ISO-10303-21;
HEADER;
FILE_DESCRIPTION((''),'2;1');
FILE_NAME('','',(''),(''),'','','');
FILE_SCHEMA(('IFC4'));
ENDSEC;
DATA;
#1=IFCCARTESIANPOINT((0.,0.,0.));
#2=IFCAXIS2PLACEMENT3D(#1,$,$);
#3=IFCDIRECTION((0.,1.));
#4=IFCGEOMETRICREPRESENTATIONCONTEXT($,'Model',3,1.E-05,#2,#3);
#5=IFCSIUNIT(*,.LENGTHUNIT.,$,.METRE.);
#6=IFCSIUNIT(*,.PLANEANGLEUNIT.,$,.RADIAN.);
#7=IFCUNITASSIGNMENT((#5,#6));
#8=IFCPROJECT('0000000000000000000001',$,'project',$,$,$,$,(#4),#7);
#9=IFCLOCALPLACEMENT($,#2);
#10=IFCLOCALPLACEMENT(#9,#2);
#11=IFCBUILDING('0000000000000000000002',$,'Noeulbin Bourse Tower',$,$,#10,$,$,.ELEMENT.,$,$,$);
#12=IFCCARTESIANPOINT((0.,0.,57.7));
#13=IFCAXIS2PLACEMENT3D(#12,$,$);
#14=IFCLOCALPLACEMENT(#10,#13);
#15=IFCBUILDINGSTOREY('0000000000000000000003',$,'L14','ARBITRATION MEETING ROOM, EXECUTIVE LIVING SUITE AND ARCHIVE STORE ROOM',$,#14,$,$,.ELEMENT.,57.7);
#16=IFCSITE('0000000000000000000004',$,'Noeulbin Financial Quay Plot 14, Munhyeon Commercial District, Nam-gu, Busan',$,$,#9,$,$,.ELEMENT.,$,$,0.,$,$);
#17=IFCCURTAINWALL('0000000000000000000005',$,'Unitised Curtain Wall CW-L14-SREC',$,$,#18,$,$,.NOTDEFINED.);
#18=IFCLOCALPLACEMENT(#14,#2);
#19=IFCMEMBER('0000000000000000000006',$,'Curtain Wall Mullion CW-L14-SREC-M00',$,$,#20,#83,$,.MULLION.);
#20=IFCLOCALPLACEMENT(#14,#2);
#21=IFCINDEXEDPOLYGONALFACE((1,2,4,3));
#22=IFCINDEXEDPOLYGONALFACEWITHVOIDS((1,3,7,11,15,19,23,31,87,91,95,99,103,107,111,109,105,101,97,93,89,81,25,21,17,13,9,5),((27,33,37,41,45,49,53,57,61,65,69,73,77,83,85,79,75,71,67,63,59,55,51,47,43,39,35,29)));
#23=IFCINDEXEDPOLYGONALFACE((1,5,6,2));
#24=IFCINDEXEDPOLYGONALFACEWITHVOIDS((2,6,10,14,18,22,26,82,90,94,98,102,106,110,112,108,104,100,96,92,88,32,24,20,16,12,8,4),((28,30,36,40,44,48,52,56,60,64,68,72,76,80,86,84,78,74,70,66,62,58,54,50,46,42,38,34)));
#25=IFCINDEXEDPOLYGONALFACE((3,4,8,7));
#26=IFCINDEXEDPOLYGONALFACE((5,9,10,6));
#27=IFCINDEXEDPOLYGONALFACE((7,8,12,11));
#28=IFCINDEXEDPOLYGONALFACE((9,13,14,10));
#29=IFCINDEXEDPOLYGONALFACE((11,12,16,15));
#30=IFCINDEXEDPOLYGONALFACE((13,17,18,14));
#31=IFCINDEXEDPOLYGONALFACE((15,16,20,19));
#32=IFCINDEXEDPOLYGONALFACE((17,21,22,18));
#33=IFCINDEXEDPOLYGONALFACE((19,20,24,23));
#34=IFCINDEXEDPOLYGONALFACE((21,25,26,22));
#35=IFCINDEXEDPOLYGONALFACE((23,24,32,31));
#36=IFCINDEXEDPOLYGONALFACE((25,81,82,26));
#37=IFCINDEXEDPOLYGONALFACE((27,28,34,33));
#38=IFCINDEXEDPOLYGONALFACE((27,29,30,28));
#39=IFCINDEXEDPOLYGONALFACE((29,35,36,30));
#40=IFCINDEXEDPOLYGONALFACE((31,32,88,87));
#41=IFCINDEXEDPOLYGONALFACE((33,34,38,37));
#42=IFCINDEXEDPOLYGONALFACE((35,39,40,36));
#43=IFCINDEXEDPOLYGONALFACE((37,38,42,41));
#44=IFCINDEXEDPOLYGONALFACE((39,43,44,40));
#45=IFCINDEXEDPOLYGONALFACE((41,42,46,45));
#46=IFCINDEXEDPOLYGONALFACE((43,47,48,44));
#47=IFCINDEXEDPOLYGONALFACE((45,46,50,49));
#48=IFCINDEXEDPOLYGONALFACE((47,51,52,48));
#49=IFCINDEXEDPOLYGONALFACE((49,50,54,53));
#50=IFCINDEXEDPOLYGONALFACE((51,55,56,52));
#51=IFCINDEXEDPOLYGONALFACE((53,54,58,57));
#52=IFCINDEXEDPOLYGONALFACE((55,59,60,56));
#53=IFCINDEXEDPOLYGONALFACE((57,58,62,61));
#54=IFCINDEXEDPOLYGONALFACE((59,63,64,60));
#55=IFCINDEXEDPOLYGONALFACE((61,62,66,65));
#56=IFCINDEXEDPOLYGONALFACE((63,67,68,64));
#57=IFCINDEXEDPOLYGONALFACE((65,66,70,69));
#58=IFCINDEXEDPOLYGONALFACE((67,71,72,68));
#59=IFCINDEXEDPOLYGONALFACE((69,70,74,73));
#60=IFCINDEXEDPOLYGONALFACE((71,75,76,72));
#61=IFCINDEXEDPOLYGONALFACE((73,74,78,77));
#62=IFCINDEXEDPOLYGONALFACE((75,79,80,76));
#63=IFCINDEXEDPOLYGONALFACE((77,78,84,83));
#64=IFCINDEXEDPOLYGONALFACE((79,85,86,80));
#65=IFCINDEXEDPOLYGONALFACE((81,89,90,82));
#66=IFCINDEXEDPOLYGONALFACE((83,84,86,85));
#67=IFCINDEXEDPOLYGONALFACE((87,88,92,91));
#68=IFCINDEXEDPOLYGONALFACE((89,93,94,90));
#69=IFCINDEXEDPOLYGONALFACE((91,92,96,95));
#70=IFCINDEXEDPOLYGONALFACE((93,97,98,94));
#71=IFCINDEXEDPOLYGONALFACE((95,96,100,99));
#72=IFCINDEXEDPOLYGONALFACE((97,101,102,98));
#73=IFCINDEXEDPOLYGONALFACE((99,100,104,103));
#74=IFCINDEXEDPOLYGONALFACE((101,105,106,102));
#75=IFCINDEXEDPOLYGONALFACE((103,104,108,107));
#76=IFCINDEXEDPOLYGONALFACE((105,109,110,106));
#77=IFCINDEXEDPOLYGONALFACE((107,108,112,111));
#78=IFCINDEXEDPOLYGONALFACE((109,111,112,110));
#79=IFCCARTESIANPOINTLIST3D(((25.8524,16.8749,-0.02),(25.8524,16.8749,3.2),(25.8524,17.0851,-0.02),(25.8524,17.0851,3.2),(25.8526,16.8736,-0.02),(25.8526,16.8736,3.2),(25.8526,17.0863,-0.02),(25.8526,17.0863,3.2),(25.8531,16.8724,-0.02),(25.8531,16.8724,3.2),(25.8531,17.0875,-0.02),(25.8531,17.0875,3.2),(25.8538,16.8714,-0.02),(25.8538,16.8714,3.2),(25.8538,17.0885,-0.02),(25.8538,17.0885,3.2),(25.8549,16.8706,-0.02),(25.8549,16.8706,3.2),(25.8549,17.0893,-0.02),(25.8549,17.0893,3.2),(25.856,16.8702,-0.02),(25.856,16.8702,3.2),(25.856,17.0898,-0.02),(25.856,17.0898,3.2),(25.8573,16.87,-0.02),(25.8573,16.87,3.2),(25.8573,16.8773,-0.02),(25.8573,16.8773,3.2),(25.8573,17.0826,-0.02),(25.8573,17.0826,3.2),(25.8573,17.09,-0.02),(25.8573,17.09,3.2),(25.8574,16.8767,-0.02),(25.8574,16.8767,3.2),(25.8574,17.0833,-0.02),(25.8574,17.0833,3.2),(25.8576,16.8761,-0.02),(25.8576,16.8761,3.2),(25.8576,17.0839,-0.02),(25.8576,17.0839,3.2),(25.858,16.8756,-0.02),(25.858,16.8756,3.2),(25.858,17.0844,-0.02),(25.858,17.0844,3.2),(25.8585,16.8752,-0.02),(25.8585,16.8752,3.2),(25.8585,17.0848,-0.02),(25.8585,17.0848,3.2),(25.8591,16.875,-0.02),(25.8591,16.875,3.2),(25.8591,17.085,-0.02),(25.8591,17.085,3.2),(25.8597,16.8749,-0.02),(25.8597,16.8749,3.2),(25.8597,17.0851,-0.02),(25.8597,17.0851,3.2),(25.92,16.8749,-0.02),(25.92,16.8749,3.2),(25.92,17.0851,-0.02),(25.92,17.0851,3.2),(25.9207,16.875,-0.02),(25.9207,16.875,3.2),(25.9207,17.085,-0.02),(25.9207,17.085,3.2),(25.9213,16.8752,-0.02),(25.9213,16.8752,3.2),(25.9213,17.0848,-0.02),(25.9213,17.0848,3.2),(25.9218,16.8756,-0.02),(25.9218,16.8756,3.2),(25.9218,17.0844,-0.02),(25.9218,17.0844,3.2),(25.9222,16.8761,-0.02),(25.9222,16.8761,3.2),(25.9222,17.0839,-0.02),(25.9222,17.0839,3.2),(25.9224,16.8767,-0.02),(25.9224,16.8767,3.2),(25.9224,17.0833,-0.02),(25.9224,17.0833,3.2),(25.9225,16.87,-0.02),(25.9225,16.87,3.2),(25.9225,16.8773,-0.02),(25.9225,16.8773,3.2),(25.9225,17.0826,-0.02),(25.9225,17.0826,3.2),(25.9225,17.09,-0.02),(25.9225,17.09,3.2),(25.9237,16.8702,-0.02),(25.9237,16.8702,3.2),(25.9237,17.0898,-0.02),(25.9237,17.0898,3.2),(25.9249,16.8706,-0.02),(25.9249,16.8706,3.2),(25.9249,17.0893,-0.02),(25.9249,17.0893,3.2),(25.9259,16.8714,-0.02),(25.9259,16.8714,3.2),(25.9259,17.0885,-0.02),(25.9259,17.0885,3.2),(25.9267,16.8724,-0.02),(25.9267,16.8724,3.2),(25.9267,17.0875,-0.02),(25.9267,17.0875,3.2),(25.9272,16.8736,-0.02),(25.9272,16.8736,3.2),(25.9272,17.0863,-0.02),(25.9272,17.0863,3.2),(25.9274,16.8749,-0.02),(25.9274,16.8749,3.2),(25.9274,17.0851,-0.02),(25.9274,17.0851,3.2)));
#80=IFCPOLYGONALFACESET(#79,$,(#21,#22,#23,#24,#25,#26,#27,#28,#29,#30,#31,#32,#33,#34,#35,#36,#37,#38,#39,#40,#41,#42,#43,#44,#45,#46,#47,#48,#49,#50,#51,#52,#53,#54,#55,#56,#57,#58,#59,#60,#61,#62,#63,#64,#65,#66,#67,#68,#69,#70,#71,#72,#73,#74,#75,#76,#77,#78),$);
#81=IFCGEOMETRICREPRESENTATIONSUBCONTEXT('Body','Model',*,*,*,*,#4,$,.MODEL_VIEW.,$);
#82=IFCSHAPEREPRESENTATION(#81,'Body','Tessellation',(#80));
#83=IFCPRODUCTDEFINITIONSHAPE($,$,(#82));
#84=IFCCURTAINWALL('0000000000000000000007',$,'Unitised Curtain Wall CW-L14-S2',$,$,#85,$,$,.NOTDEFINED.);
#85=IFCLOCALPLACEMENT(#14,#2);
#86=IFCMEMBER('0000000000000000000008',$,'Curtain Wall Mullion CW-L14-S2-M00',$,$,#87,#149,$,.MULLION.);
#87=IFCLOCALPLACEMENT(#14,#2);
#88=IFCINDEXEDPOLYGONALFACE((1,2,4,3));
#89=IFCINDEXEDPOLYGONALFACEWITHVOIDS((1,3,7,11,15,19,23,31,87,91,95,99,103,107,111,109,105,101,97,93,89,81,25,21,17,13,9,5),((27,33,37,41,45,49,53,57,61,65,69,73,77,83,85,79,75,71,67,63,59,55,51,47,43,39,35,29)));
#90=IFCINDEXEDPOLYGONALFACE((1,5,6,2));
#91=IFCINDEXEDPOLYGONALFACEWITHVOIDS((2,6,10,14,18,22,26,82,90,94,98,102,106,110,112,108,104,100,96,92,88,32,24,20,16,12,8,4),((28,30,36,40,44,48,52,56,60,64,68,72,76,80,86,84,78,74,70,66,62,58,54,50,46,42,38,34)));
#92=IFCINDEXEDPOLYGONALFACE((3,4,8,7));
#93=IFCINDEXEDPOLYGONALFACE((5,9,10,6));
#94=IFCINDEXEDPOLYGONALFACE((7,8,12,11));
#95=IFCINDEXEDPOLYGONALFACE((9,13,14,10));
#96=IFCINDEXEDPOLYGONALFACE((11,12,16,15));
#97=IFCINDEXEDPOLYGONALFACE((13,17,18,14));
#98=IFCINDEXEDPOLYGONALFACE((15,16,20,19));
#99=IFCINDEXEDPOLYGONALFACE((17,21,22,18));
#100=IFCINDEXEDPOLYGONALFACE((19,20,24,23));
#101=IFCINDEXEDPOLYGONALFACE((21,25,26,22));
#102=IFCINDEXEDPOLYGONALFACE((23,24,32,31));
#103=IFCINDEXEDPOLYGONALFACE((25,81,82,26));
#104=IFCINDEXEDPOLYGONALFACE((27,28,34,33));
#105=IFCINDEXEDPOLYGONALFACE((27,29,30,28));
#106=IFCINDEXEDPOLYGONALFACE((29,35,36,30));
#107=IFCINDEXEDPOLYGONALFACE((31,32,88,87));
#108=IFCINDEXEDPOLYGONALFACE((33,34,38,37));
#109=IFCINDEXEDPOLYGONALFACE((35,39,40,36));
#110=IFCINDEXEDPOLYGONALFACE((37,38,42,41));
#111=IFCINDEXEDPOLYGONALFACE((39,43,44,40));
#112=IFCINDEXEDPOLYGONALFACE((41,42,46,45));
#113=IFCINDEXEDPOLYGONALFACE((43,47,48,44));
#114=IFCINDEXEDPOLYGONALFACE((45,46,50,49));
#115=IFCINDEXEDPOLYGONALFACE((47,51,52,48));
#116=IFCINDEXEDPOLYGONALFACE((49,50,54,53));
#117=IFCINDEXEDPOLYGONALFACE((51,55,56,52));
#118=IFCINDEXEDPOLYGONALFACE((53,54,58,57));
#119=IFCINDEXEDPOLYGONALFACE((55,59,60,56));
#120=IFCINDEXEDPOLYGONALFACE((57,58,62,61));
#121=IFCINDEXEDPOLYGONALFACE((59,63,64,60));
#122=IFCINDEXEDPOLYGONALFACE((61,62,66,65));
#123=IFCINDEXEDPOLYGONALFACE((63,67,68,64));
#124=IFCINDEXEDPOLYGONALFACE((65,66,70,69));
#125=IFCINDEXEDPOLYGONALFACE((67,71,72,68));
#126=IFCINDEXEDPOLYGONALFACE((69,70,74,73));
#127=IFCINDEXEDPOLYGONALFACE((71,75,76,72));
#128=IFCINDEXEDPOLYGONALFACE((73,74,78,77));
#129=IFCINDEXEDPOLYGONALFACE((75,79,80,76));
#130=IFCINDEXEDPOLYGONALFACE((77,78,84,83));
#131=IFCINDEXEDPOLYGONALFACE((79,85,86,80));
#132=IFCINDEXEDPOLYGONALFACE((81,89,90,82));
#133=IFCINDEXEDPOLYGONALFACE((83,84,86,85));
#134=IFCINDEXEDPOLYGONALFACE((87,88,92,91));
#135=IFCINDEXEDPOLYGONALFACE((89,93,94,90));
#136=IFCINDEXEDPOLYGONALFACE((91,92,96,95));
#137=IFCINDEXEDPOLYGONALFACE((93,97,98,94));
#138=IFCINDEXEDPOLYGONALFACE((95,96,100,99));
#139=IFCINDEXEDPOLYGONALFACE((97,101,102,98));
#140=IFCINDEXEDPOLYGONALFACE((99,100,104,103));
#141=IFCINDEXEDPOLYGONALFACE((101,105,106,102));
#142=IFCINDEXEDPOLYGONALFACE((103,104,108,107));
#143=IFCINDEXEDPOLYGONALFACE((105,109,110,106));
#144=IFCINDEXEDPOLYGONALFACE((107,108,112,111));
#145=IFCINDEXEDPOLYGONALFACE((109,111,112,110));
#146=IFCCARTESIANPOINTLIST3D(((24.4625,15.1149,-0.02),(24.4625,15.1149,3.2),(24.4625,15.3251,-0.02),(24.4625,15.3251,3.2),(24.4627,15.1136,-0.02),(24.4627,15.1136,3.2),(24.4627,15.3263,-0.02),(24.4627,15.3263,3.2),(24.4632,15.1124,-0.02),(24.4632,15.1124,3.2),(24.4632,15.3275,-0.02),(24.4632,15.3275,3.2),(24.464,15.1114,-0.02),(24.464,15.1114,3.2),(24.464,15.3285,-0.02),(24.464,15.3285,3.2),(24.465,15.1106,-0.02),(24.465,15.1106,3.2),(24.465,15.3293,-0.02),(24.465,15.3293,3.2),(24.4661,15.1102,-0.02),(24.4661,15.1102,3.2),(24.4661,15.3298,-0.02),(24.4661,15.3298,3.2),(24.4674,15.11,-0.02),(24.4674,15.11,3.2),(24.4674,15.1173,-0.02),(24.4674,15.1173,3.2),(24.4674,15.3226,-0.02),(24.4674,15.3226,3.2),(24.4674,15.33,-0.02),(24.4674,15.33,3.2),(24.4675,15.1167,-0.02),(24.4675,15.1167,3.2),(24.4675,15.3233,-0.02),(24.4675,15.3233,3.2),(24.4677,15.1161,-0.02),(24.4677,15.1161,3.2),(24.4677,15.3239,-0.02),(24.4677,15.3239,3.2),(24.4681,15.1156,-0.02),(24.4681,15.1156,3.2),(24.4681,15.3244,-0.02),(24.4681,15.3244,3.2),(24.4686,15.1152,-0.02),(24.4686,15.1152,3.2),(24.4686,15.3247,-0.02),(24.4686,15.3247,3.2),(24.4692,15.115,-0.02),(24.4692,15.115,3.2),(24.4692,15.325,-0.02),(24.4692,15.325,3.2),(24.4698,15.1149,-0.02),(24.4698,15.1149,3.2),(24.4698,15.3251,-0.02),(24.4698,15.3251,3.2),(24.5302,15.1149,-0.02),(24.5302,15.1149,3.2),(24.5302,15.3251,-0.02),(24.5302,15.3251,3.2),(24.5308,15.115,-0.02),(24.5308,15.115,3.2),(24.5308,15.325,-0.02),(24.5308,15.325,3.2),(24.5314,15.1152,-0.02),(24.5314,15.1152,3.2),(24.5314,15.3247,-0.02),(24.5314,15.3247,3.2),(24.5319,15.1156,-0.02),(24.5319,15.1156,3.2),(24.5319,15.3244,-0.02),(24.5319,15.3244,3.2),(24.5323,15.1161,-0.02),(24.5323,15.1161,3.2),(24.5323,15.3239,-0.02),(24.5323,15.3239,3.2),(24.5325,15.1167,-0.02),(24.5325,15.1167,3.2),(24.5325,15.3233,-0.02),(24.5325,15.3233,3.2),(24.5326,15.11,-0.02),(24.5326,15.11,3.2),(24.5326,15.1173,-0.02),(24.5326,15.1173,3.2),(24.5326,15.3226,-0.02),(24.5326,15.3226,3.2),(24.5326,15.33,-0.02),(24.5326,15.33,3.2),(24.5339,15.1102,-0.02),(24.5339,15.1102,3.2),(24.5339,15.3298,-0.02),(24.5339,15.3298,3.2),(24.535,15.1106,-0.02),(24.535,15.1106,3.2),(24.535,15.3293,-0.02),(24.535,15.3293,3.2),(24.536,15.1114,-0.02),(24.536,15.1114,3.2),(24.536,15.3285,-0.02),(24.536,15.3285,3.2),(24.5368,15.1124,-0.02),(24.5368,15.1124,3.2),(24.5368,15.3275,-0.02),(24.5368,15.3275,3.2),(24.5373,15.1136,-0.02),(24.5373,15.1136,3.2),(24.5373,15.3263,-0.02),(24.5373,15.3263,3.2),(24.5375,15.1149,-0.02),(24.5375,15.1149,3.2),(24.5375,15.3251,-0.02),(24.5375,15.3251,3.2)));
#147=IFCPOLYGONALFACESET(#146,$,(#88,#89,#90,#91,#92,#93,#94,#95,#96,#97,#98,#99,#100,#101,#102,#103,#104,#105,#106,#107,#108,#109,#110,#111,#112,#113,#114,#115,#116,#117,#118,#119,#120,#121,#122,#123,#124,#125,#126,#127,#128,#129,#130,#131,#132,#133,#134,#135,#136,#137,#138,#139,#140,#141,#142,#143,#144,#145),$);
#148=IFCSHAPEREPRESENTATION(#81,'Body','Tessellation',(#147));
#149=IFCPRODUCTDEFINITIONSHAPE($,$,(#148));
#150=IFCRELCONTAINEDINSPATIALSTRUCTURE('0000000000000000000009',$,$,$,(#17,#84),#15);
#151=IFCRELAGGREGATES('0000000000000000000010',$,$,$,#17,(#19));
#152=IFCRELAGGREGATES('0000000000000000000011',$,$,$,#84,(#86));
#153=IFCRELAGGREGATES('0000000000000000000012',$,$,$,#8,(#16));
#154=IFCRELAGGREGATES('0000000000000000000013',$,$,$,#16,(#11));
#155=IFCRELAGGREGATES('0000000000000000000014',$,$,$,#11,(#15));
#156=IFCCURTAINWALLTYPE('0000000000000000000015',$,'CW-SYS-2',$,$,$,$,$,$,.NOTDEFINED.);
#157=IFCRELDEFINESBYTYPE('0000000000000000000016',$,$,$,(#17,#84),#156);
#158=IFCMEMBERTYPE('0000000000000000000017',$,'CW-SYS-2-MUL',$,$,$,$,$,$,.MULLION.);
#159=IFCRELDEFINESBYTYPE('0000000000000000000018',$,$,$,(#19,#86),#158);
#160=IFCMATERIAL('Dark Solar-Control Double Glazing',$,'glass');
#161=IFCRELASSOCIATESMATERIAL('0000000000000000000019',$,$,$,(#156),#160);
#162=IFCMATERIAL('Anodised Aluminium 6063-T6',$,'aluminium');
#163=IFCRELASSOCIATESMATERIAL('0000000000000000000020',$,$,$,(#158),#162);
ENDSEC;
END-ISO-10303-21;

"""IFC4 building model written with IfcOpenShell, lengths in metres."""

from ifc_helpers import new_model, si_unit, direction, frame, origin, origin_2d, place, context, subcontext, project, spatial, hollow_rectangle, extrude, material, material_profile, profile_set, type_object, element, aggregate, save


model = new_model("IFC4")

# Units and contexts
model_context = context("Model", 3, precision=1e-05, world=origin(), true_north=direction((0.0, 1.0)))
body_context = subcontext(model_context, "Body", "Model", "MODEL_VIEW")
ifc_project = project(units=[si_unit("LENGTHUNIT", "METRE"), si_unit("PLANEANGLEUNIT", "RADIAN")], contexts=[model_context])

# Site, building, storey
site_placement = place(None, origin())
site = spatial("IfcSite", under=ifc_project, at=site_placement, Name="Noeulbin Financial Quay Plot 14, Munhyeon Commercial District, Nam-gu, Busan", CompositionType="ELEMENT", RefElevation=0.0)
building_placement = place(site_placement, origin())
building = spatial("IfcBuilding", under=site, at=building_placement, Name="Noeulbin Bourse Tower", CompositionType="ELEMENT")
storey_placement = place(building_placement, frame((0.0, 0.0, 57.7)))
storey = spatial("IfcBuildingStorey", under=building, at=storey_placement, Name="L14", Description="ARBITRATION MEETING ROOM, EXECUTIVE LIVING SUITE AND ARCHIVE STORE ROOM", CompositionType="ELEMENT", Elevation=57.7)

# Curtain wall, member
ifc_material_1 = material(Name="Dark Solar-Control Double Glazing", Category="glass")
curtain_wall_type = type_object("IfcCurtainWallType", Name="CW-SYS-2", PredefinedType="NOTDEFINED", material=ifc_material_1)
curtain_wall_1_placement = place(storey_placement, origin())
curtain_wall_1 = element("IfcCurtainWall", 1, at=curtain_wall_1_placement, inside=storey, type_object=curtain_wall_type, Name="Unitised Curtain Wall CW-L14-SREC", PredefinedType="NOTDEFINED")
ifc_material_2 = material(Name="Anodised Aluminium 6063-T6", Category="aluminium")
ifc_material_profile_1 = material_profile(ifc_material_2, hollow_rectangle(XDim=0.075, YDim=0.22, WallThickness=0.0049, InnerFilletRadius=0.0024, OuterFilletRadius=0.0049, at=origin_2d()), Name="ALU-MULL-75x220x5", Category="LoadBearing")
ifc_profile_set_1 = profile_set([ifc_material_profile_1], Name="Anodised Aluminium 6063-T6")
member_type_1 = type_object("IfcMemberType", Name="CW-SYS-2-MUL", PredefinedType="MULLION", material=ifc_profile_set_1)
member_1_placement = place(storey_placement, frame((25.8899, 16.98, -0.02), z_axis=(0.0, 0.0, 1.0), x_axis=(1.0, 0.0, 0.0)))
member_1 = element("IfcMember", 2, at=member_1_placement, type_object=member_type_1, Name="Curtain Wall Mullion CW-L14-SREC-M00", PredefinedType="MULLION", context=body_context, shape_type="SweptSolid", body=[
    extrude(hollow_rectangle(XDim=0.075, YDim=0.22, WallThickness=0.0049, InnerFilletRadius=0.0024, OuterFilletRadius=0.0049, at=origin_2d()), origin(), (0.0, 0.0, 1.0), 3.22),
])

# Curtain wall, member
curtain_wall_2_placement = place(storey_placement, origin())
curtain_wall_2 = element("IfcCurtainWall", 3, at=curtain_wall_2_placement, inside=storey, type_object=curtain_wall_type, Name="Unitised Curtain Wall CW-L14-S2", PredefinedType="NOTDEFINED")
member_2_placement = place(storey_placement, frame((24.5, 15.22, -0.02), z_axis=(0.0, 0.0, 1.0), x_axis=(1.0, 0.0, 0.0)))
member_2 = element("IfcMember", 4, at=member_2_placement, type_object=member_type_1, Name="Curtain Wall Mullion CW-L14-S2-M00", PredefinedType="MULLION", context=body_context, shape_type="SweptSolid", body=[
    extrude(hollow_rectangle(XDim=0.075, YDim=0.22, WallThickness=0.0049, InnerFilletRadius=0.0024, OuterFilletRadius=0.0049, at=origin_2d()), origin(), (0.0, 0.0, 1.0), 3.22),
])

aggregate(curtain_wall_1, [member_1])
aggregate(curtain_wall_2, [member_2])

save(model, "model.ifc")
